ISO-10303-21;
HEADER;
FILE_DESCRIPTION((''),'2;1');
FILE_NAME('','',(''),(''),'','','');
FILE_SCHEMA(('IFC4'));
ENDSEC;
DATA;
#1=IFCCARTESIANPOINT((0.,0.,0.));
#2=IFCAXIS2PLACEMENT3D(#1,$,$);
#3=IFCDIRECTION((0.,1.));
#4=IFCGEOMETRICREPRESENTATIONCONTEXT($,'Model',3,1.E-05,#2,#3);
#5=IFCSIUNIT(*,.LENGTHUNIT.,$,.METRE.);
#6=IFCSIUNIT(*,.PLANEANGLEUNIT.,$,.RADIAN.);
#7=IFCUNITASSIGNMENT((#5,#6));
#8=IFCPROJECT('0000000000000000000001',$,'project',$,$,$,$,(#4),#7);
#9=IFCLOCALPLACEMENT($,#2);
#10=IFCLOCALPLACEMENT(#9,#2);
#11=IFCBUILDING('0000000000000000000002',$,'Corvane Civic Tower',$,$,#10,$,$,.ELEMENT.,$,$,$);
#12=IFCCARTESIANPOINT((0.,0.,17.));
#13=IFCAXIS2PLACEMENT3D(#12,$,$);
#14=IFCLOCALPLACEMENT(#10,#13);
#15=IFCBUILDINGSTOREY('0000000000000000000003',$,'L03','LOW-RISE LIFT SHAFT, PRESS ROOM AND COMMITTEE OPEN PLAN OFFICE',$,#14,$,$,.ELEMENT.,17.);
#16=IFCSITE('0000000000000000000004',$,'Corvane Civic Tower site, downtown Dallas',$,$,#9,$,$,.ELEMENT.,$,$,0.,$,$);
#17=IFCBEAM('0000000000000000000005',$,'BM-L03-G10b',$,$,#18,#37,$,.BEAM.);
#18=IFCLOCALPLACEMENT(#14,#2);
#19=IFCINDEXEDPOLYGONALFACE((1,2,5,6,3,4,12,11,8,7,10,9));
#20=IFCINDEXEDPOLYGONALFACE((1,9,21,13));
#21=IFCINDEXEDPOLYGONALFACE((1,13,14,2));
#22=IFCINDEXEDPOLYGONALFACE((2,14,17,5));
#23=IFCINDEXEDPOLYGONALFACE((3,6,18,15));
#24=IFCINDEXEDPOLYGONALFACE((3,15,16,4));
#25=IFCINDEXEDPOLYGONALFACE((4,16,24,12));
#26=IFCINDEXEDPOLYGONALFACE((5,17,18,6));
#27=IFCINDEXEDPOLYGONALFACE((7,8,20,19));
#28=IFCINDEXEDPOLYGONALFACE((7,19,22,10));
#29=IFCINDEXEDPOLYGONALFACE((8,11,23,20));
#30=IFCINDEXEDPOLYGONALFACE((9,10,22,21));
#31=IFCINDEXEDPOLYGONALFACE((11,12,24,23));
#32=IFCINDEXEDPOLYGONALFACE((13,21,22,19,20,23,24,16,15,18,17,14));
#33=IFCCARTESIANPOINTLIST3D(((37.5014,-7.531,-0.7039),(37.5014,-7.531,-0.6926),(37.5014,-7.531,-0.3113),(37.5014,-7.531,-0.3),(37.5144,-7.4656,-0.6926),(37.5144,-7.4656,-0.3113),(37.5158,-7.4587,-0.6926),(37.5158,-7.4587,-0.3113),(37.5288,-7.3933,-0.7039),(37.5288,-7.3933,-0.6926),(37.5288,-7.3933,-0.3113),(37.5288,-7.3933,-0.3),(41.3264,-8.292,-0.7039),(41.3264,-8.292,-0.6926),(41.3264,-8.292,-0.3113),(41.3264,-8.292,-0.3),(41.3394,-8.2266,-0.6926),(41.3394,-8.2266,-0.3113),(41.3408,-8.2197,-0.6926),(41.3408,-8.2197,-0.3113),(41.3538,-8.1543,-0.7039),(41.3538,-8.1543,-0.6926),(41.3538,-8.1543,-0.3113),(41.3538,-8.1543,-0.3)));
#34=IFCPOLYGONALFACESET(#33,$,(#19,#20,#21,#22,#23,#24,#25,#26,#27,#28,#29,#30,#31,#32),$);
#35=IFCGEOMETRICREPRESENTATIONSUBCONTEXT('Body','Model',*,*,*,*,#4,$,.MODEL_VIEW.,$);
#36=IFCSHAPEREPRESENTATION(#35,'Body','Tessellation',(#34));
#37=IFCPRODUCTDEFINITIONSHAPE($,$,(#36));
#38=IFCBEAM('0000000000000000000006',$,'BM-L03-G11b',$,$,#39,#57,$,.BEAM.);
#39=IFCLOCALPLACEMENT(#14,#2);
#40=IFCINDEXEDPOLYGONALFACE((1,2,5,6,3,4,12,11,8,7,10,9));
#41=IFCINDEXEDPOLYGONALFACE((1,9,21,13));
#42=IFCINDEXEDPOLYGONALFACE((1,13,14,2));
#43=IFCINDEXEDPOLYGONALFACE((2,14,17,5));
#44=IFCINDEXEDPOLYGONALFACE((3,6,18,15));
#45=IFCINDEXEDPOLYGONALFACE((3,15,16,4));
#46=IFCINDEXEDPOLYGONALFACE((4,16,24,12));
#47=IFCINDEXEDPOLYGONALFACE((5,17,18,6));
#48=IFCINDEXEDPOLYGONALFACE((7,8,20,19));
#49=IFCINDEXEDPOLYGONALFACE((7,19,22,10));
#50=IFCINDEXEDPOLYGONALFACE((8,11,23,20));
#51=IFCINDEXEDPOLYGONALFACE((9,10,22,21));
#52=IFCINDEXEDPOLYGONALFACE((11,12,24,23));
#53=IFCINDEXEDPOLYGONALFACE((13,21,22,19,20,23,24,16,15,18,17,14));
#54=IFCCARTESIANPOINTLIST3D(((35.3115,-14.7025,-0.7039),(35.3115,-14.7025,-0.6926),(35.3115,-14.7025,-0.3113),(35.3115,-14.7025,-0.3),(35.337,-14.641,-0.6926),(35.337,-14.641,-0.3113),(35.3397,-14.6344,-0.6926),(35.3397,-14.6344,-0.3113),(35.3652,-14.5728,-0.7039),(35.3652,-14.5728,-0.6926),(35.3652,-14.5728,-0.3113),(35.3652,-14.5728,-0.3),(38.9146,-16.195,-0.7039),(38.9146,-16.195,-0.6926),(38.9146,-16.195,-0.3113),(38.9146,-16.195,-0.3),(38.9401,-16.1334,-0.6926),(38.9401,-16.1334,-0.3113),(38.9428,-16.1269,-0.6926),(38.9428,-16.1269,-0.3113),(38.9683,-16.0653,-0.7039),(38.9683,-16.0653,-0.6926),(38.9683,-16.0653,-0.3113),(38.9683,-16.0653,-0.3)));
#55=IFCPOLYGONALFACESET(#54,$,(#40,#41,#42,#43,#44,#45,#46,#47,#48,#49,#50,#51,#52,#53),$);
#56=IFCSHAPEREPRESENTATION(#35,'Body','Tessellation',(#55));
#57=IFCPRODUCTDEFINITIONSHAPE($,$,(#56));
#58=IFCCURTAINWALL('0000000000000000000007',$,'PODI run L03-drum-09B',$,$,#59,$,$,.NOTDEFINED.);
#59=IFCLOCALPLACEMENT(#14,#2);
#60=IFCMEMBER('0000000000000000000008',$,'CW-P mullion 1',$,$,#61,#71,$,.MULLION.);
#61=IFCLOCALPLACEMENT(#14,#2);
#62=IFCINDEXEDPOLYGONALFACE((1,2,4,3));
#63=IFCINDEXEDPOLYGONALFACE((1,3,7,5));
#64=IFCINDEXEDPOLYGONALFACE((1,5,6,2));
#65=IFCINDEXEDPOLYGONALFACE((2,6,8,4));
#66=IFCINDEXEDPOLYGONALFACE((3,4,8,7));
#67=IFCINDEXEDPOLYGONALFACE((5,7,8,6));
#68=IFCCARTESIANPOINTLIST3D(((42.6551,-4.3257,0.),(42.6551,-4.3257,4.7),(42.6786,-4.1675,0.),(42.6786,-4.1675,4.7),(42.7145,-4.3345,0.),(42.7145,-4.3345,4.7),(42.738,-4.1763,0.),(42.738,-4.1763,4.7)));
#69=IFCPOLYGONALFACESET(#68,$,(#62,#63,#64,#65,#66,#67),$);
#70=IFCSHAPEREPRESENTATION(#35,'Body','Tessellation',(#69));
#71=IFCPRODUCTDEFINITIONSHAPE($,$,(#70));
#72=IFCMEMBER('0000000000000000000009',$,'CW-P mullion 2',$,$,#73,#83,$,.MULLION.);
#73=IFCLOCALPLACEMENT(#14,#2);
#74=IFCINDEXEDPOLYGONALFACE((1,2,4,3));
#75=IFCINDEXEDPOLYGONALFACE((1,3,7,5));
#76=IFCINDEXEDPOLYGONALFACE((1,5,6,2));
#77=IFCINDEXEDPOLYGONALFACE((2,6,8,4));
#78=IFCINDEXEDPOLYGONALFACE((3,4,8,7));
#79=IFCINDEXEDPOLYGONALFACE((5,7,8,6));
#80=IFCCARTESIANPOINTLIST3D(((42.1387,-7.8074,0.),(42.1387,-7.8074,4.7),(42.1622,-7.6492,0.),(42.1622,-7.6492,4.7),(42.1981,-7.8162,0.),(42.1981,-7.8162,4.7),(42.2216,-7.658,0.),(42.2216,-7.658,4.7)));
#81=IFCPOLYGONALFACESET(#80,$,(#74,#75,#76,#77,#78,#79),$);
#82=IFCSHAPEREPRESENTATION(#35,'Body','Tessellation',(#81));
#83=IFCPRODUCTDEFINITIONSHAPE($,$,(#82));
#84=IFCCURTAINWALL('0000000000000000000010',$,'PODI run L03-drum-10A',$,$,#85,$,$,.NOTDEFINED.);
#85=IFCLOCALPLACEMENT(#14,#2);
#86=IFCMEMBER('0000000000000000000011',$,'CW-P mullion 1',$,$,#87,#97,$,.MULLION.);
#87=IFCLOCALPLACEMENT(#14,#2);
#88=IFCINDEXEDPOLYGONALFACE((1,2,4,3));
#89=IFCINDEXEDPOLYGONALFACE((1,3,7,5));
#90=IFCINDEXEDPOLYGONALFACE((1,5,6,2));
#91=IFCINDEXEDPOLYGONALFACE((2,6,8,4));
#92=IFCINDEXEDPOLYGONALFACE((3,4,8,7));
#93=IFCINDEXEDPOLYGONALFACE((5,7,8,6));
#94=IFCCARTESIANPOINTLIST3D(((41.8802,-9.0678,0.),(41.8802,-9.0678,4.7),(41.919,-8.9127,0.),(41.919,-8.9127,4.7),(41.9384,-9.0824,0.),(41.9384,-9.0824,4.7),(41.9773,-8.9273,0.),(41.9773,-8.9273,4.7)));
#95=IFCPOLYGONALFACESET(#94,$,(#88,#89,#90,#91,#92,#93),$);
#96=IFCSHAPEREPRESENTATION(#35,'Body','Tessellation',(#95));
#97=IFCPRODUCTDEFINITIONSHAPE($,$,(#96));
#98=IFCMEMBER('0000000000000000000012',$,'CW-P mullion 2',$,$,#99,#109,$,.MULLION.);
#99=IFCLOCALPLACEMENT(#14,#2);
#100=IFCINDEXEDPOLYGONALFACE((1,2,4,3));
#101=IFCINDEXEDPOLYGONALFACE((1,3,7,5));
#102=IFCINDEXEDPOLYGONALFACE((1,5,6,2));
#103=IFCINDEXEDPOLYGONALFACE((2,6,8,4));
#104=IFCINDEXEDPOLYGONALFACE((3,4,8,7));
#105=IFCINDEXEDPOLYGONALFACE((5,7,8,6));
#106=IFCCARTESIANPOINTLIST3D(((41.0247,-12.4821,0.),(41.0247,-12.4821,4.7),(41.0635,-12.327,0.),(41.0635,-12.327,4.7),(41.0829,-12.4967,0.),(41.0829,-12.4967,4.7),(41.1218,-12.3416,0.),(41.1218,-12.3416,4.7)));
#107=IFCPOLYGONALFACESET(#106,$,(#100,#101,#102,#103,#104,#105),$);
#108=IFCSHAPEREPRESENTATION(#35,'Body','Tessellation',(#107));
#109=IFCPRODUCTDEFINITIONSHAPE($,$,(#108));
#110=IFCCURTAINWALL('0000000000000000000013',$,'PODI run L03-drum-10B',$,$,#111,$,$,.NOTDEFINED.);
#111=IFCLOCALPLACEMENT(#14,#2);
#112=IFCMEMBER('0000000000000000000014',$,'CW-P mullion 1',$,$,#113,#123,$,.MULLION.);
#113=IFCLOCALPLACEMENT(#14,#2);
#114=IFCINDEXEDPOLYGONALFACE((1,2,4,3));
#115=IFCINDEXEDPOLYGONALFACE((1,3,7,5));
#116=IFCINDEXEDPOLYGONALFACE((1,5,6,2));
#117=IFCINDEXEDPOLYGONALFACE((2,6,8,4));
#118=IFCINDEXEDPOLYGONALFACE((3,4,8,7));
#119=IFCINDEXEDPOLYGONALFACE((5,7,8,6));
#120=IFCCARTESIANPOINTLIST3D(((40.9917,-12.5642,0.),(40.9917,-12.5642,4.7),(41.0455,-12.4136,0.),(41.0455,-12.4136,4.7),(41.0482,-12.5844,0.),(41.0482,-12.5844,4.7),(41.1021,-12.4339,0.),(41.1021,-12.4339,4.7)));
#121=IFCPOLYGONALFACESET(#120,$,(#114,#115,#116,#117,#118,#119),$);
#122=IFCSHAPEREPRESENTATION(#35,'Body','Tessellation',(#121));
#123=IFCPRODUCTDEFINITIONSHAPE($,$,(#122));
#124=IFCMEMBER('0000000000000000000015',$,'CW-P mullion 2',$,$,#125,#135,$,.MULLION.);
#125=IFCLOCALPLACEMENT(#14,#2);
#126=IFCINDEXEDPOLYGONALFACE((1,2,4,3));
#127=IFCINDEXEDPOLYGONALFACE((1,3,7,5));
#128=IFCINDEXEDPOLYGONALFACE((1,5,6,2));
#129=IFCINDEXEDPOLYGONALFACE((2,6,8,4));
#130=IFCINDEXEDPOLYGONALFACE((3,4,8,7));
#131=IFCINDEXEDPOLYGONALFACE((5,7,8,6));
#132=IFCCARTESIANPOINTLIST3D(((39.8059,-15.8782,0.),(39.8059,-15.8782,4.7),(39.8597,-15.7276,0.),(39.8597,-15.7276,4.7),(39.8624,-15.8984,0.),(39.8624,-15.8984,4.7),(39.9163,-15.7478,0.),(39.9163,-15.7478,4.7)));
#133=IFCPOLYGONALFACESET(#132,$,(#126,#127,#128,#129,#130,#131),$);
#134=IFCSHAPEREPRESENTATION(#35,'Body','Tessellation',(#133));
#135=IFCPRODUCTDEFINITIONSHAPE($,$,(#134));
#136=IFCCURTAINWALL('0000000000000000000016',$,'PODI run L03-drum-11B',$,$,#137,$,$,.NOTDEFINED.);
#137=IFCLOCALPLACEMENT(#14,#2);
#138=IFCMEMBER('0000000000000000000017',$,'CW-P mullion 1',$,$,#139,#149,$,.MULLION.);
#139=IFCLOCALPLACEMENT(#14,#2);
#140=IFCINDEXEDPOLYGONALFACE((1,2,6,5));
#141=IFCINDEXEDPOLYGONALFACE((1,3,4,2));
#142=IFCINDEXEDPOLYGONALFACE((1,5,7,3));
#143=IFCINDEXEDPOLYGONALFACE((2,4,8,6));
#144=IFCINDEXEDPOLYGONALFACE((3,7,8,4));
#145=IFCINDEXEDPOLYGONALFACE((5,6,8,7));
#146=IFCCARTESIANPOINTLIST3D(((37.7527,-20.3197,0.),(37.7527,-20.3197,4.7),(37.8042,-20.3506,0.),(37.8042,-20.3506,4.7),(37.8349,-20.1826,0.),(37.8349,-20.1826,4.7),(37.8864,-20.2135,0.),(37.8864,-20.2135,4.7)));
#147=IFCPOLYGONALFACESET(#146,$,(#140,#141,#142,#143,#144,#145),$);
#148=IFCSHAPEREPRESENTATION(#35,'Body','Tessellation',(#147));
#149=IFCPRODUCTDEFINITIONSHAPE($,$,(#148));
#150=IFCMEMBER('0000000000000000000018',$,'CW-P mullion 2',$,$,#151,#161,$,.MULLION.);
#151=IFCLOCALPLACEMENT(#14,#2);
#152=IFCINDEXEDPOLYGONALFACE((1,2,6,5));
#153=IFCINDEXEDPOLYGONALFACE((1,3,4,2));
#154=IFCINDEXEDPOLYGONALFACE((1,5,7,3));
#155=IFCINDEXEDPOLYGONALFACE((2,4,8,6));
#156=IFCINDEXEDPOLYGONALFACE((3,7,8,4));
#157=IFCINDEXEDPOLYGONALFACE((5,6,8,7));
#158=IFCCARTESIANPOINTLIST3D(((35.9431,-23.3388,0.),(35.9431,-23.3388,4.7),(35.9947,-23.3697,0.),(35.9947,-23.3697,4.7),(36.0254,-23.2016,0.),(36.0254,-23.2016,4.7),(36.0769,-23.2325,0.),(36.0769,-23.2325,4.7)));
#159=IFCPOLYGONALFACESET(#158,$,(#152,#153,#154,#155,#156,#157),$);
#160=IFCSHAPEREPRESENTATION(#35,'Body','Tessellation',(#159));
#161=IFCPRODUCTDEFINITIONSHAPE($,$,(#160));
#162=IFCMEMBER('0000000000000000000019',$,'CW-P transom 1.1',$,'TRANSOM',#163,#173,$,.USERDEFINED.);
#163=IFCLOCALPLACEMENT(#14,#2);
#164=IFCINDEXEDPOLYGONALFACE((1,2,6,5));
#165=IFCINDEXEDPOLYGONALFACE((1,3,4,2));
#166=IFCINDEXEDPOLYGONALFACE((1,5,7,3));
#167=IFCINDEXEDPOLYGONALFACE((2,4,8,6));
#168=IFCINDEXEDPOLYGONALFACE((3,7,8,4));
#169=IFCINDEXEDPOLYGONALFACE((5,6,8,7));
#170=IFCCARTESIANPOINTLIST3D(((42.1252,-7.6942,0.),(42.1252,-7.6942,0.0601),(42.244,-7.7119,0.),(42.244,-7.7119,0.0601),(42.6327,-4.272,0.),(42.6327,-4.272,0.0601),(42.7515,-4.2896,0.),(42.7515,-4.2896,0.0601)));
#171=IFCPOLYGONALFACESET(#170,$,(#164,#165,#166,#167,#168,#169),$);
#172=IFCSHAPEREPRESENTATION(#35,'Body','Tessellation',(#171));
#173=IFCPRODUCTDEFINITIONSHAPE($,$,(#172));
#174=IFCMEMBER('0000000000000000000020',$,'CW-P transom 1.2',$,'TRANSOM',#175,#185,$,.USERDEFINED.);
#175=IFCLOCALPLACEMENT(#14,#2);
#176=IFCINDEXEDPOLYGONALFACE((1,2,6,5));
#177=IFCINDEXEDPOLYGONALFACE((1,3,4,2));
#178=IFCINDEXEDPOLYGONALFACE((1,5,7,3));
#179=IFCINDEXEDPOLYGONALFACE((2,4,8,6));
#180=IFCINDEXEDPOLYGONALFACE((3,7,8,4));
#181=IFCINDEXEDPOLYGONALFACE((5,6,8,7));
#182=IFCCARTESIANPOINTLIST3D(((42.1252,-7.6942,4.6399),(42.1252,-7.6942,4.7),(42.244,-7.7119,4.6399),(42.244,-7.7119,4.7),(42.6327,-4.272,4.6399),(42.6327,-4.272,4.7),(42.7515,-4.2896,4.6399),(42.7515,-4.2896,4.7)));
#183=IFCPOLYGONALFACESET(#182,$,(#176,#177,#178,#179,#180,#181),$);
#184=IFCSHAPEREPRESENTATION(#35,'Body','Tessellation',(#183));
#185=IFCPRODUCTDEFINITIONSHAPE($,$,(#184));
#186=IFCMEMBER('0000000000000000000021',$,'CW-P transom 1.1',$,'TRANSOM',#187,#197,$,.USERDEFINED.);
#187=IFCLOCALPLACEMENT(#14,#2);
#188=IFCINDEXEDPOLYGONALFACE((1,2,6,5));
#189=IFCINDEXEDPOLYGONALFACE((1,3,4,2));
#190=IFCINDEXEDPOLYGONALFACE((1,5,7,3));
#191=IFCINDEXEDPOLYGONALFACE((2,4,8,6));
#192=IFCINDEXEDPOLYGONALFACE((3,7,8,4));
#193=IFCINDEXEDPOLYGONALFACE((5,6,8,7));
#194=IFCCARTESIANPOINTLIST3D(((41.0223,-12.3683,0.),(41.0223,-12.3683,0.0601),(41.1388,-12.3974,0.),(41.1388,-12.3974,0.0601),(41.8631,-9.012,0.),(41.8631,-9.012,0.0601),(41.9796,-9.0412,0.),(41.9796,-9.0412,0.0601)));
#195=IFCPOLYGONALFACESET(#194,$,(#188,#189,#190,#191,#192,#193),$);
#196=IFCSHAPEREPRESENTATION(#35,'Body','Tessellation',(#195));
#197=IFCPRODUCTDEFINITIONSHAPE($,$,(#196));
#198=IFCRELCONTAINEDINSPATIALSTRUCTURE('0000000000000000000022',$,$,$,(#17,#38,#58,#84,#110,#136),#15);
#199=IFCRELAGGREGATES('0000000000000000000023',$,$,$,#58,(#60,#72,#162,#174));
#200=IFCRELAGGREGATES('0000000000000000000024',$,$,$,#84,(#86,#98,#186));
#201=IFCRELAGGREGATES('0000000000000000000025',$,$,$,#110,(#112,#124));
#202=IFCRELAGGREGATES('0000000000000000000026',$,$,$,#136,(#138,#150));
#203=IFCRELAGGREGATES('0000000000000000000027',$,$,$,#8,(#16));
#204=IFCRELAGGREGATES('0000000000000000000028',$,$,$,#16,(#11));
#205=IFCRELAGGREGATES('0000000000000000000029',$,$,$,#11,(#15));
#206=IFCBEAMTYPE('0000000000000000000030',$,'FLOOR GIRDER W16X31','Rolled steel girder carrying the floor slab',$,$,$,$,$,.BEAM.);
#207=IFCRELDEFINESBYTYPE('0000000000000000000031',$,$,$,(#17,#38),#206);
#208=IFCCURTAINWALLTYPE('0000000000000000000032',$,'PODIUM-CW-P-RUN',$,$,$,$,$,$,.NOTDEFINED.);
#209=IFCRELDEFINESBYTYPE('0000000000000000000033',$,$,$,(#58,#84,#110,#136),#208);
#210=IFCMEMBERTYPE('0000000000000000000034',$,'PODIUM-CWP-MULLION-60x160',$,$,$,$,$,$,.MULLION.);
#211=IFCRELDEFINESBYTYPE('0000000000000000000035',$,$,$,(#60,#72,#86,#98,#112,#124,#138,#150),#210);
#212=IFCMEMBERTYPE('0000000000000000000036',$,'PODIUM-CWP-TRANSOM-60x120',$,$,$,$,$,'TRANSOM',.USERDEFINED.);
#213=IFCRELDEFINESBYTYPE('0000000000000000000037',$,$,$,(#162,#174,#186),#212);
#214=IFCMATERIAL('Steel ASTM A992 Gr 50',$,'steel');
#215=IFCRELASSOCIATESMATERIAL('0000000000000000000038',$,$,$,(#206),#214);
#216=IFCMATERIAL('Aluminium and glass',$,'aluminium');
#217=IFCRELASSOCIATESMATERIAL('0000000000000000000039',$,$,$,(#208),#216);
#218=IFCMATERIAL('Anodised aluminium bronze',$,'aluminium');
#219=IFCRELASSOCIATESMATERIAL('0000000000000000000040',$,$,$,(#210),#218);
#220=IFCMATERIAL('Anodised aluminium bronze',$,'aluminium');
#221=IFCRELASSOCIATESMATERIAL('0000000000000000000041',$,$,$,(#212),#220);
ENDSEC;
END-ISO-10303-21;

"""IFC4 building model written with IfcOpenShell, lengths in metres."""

from ifc_helpers import new_model, si_unit, direction, frame, origin, origin_2d, place, context, subcontext, project, spatial, rectangle, i_section, extrude, material, material_profile, profile_set, type_object, element, aggregate, save


model = new_model("IFC4")

# Units and contexts
model_context = context("Model", 3, precision=1e-05, world=origin(), true_north=direction((0.0, 1.0)))
body_context = subcontext(model_context, "Body", "Model", "MODEL_VIEW")
ifc_project = project(units=[si_unit("LENGTHUNIT", "METRE"), si_unit("PLANEANGLEUNIT", "RADIAN")], contexts=[model_context])

# Site, building, storey
site_placement = place(None, origin())
site = spatial("IfcSite", under=ifc_project, at=site_placement, Name="Corvane Civic Tower site, downtown Dallas", CompositionType="ELEMENT", RefElevation=0.0)
building_placement = place(site_placement, origin())
building = spatial("IfcBuilding", under=site, at=building_placement, Name="Corvane Civic Tower", CompositionType="ELEMENT")
storey_placement = place(building_placement, frame((0.0, 0.0, 17.0)))
storey = spatial("IfcBuildingStorey", under=building, at=storey_placement, Name="L03", Description="LOW-RISE LIFT SHAFT, PRESS ROOM AND COMMITTEE OPEN PLAN OFFICE", CompositionType="ELEMENT", Elevation=17.0)

# Beams
ifc_material_1 = material(Name="Steel ASTM A992 Gr 50", Category="steel")
ifc_material_profile_1 = material_profile(ifc_material_1, i_section(OverallWidth=0.1404, OverallDepth=0.4038, WebThickness=0.0071, FlangeThickness=0.0112, at=origin_2d()), Name="W16X31")
ifc_profile_set_1 = profile_set([ifc_material_profile_1], Name="Steel ASTM A992 Gr 50")
beam_type_1 = type_object("IfcBeamType", Name="FLOOR GIRDER W16X31", Description="Rolled steel girder carrying the floor slab", PredefinedType="BEAM", material=ifc_profile_set_1)
for number, where, z_axis, x_axis, name in (
    (1, (37.5151, -7.4622, -0.502), (0.980778, -0.195129, 0.0), (0.195129, 0.980778, 0.0), "BM-L03-G10b"),
    (2, (35.3384, -14.6377, -0.502), (0.923879, -0.382685, 0.0), (0.382685, 0.923879, 0.0), "BM-L03-G11b"),
):
    element("IfcBeam", number, at=place(storey_placement, frame(where, z_axis=z_axis, x_axis=x_axis)), inside=storey, type_object=beam_type_1, Name=name, PredefinedType="BEAM", context=body_context, shape_type="SweptSolid", body=[
        extrude(i_section(OverallWidth=0.1404, OverallDepth=0.4038, WebThickness=0.0071, FlangeThickness=0.0112, at=origin_2d()), origin(), (0.0, 0.0, 1.0), 3.8999),
    ])

# Curtain walls, members
ifc_material_2 = material(Name="Aluminium and glass", Category="aluminium")
curtain_wall_type = type_object("IfcCurtainWallType", Name="PODIUM-CW-P-RUN", PredefinedType="NOTDEFINED", material=ifc_material_2)
curtain_wall_1_placement = place(storey_placement, origin())
curtain_wall_1 = element("IfcCurtainWall", 3, at=curtain_wall_1_placement, inside=storey, type_object=curtain_wall_type, Name="PODI run L03-drum-09B", PredefinedType="NOTDEFINED")
ifc_material_3 = material(Name="Anodised aluminium bronze", Category="aluminium")
ifc_material_profile_2 = material_profile(ifc_material_3, rectangle(XDim=0.0601, YDim=0.1599, at=origin_2d()), Name="AL 60x160")
ifc_profile_set_2 = profile_set([ifc_material_profile_2], Name="Anodised aluminium bronze")
member_type_1 = type_object("IfcMemberType", Name="PODIUM-CWP-MULLION-60x160", PredefinedType="MULLION", material=ifc_profile_set_2)
member_1_placement = place(storey_placement, frame((42.6965, -4.251, 0.0), z_axis=(0.0, 0.0, 1.0), x_axis=(0.989179, -0.146715, 0.0)))
member_1 = element("IfcMember", 4, at=member_1_placement, type_object=member_type_1, Name="CW-P mullion 1", PredefinedType="MULLION", context=body_context, shape_type="SweptSolid", body=[
    extrude(rectangle(XDim=0.0601, YDim=0.1599, at=origin_2d()), origin(), (0.0, 0.0, 1.0), 4.7),
])
member_2_placement = place(storey_placement, frame((42.1802, -7.7327, 0.0), z_axis=(0.0, 0.0, 1.0), x_axis=(0.989179, -0.146715, 0.0)))
member_2 = element("IfcMember", 5, at=member_2_placement, type_object=member_type_1, Name="CW-P mullion 2", PredefinedType="MULLION", context=body_context, shape_type="SweptSolid", body=[
    extrude(rectangle(XDim=0.0601, YDim=0.1599, at=origin_2d()), origin(), (0.0, 0.0, 1.0), 4.7),
])
curtain_wall_2_placement = place(storey_placement, origin())
curtain_wall_2 = element("IfcCurtainWall", 6, at=curtain_wall_2_placement, inside=storey, type_object=curtain_wall_type, Name="PODI run L03-drum-10A", PredefinedType="NOTDEFINED")
member_3_placement = place(storey_placement, frame((41.9287, -8.9976, 0.0), z_axis=(0.0, 0.0, 1.0), x_axis=(0.970024, -0.243009, 0.0)))
member_3 = element("IfcMember", 7, at=member_3_placement, type_object=member_type_1, Name="CW-P mullion 1", PredefinedType="MULLION", context=body_context, shape_type="SweptSolid", body=[
    extrude(rectangle(XDim=0.0601, YDim=0.1599, at=origin_2d()), origin(), (0.0, 0.0, 1.0), 4.7),
])
member_4_placement = place(storey_placement, frame((41.0732, -12.4119, 0.0), z_axis=(0.0, 0.0, 1.0), x_axis=(0.970024, -0.243009, 0.0)))
member_4 = element("IfcMember", 8, at=member_4_placement, type_object=member_type_1, Name="CW-P mullion 2", PredefinedType="MULLION", context=body_context, shape_type="SweptSolid", body=[
    extrude(rectangle(XDim=0.0601, YDim=0.1599, at=origin_2d()), origin(), (0.0, 0.0, 1.0), 4.7),
])
curtain_wall_3_placement = place(storey_placement, origin())
curtain_wall_3 = element("IfcCurtainWall", 9, at=curtain_wall_3_placement, inside=storey, type_object=curtain_wall_type, Name="PODI run L03-drum-10B", PredefinedType="NOTDEFINED")
member_5_placement = place(storey_placement, frame((41.0469, -12.499, 0.0), z_axis=(0.0, 0.0, 1.0), x_axis=(0.941534, -0.336919, 0.0)))
member_5 = element("IfcMember", 10, at=member_5_placement, type_object=member_type_1, Name="CW-P mullion 1", PredefinedType="MULLION", context=body_context, shape_type="SweptSolid", body=[
    extrude(rectangle(XDim=0.0601, YDim=0.1599, at=origin_2d()), origin(), (0.0, 0.0, 1.0), 4.7),
])
member_6_placement = place(storey_placement, frame((39.8611, -15.813, 0.0), z_axis=(0.0, 0.0, 1.0), x_axis=(0.941534, -0.336919, 0.0)))
member_6 = element("IfcMember", 11, at=member_6_placement, type_object=member_type_1, Name="CW-P mullion 2", PredefinedType="MULLION", context=body_context, shape_type="SweptSolid", body=[
    extrude(rectangle(XDim=0.0601, YDim=0.1599, at=origin_2d()), origin(), (0.0, 0.0, 1.0), 4.7),
])
curtain_wall_4_placement = place(storey_placement, origin())
curtain_wall_4 = element("IfcCurtainWall", 12, at=curtain_wall_4_placement, inside=storey, type_object=curtain_wall_type, Name="PODI run L03-drum-11B", PredefinedType="NOTDEFINED")
member_7_placement = place(storey_placement, frame((37.8196, -20.2666, 0.0), z_axis=(0.0, 0.0, 1.0), x_axis=(0.85772, -0.514118, 0.0)))
member_7 = element("IfcMember", 13, at=member_7_placement, type_object=member_type_1, Name="CW-P mullion 1", PredefinedType="MULLION", context=body_context, shape_type="SweptSolid", body=[
    extrude(rectangle(XDim=0.0601, YDim=0.1599, at=origin_2d()), origin(), (0.0, 0.0, 1.0), 4.7),
])
member_8_placement = place(storey_placement, frame((36.01, -23.2856, 0.0), z_axis=(0.0, 0.0, 1.0), x_axis=(0.85772, -0.514118, 0.0)))
member_8 = element("IfcMember", 14, at=member_8_placement, type_object=member_type_1, Name="CW-P mullion 2", PredefinedType="MULLION", context=body_context, shape_type="SweptSolid", body=[
    extrude(rectangle(XDim=0.0601, YDim=0.1599, at=origin_2d()), origin(), (0.0, 0.0, 1.0), 4.7),
])

# Members
ifc_material_4 = material(Name="Anodised aluminium bronze", Category="aluminium")
ifc_material_profile_3 = material_profile(ifc_material_4, rectangle(XDim=0.1201, YDim=0.0601, at=origin_2d()), Name="AL 120x60")
ifc_profile_set_3 = profile_set([ifc_material_profile_3], Name="Anodised aluminium bronze")
member_type_2 = type_object("IfcMemberType", Name="PODIUM-CWP-TRANSOM-60x120", ElementType="TRANSOM", PredefinedType="USERDEFINED", material=ifc_profile_set_3)
member_9_placement = place(storey_placement, frame((42.6921, -4.2808, 0.03), z_axis=(-0.146705, -0.98918, 0.0), x_axis=(0.98918, -0.146705, 0.0)))
member_9 = element("IfcMember", 15, at=member_9_placement, type_object=member_type_2, Name="CW-P transom 1.1", ObjectType="TRANSOM", PredefinedType="USERDEFINED", context=body_context, shape_type="SweptSolid", body=[
    extrude(rectangle(XDim=0.1201, YDim=0.0601, at=origin_2d()), origin(), (0.0, 0.0, 1.0), 3.4597),
])
member_10_placement = place(storey_placement, frame((42.6921, -4.2808, 4.6699), z_axis=(-0.146705, -0.98918, 0.0), x_axis=(0.98918, -0.146705, 0.0)))
member_10 = element("IfcMember", 16, at=member_10_placement, type_object=member_type_2, Name="CW-P transom 1.2", ObjectType="TRANSOM", PredefinedType="USERDEFINED", context=body_context, shape_type="SweptSolid", body=[
    extrude(rectangle(XDim=0.1201, YDim=0.0601, at=origin_2d()), origin(), (0.0, 0.0, 1.0), 3.4597),
])
member_11_placement = place(storey_placement, frame((41.9214, -9.0266, 0.03), z_axis=(-0.243017, -0.970022, 0.0), x_axis=(0.970022, -0.243017, 0.0)))
member_11 = element("IfcMember", 17, at=member_11_placement, type_object=member_type_2, Name="CW-P transom 1.1", ObjectType="TRANSOM", PredefinedType="USERDEFINED", context=body_context, shape_type="SweptSolid", body=[
    extrude(rectangle(XDim=0.1201, YDim=0.0601, at=origin_2d()), origin(), (0.0, 0.0, 1.0), 3.46),
])

aggregate(curtain_wall_1, [member_1, member_2, member_9, member_10])
aggregate(curtain_wall_2, [member_3, member_4, member_11])
aggregate(curtain_wall_3, [member_5, member_6])
aggregate(curtain_wall_4, [member_7, member_8])

save(model, "model.ifc")
